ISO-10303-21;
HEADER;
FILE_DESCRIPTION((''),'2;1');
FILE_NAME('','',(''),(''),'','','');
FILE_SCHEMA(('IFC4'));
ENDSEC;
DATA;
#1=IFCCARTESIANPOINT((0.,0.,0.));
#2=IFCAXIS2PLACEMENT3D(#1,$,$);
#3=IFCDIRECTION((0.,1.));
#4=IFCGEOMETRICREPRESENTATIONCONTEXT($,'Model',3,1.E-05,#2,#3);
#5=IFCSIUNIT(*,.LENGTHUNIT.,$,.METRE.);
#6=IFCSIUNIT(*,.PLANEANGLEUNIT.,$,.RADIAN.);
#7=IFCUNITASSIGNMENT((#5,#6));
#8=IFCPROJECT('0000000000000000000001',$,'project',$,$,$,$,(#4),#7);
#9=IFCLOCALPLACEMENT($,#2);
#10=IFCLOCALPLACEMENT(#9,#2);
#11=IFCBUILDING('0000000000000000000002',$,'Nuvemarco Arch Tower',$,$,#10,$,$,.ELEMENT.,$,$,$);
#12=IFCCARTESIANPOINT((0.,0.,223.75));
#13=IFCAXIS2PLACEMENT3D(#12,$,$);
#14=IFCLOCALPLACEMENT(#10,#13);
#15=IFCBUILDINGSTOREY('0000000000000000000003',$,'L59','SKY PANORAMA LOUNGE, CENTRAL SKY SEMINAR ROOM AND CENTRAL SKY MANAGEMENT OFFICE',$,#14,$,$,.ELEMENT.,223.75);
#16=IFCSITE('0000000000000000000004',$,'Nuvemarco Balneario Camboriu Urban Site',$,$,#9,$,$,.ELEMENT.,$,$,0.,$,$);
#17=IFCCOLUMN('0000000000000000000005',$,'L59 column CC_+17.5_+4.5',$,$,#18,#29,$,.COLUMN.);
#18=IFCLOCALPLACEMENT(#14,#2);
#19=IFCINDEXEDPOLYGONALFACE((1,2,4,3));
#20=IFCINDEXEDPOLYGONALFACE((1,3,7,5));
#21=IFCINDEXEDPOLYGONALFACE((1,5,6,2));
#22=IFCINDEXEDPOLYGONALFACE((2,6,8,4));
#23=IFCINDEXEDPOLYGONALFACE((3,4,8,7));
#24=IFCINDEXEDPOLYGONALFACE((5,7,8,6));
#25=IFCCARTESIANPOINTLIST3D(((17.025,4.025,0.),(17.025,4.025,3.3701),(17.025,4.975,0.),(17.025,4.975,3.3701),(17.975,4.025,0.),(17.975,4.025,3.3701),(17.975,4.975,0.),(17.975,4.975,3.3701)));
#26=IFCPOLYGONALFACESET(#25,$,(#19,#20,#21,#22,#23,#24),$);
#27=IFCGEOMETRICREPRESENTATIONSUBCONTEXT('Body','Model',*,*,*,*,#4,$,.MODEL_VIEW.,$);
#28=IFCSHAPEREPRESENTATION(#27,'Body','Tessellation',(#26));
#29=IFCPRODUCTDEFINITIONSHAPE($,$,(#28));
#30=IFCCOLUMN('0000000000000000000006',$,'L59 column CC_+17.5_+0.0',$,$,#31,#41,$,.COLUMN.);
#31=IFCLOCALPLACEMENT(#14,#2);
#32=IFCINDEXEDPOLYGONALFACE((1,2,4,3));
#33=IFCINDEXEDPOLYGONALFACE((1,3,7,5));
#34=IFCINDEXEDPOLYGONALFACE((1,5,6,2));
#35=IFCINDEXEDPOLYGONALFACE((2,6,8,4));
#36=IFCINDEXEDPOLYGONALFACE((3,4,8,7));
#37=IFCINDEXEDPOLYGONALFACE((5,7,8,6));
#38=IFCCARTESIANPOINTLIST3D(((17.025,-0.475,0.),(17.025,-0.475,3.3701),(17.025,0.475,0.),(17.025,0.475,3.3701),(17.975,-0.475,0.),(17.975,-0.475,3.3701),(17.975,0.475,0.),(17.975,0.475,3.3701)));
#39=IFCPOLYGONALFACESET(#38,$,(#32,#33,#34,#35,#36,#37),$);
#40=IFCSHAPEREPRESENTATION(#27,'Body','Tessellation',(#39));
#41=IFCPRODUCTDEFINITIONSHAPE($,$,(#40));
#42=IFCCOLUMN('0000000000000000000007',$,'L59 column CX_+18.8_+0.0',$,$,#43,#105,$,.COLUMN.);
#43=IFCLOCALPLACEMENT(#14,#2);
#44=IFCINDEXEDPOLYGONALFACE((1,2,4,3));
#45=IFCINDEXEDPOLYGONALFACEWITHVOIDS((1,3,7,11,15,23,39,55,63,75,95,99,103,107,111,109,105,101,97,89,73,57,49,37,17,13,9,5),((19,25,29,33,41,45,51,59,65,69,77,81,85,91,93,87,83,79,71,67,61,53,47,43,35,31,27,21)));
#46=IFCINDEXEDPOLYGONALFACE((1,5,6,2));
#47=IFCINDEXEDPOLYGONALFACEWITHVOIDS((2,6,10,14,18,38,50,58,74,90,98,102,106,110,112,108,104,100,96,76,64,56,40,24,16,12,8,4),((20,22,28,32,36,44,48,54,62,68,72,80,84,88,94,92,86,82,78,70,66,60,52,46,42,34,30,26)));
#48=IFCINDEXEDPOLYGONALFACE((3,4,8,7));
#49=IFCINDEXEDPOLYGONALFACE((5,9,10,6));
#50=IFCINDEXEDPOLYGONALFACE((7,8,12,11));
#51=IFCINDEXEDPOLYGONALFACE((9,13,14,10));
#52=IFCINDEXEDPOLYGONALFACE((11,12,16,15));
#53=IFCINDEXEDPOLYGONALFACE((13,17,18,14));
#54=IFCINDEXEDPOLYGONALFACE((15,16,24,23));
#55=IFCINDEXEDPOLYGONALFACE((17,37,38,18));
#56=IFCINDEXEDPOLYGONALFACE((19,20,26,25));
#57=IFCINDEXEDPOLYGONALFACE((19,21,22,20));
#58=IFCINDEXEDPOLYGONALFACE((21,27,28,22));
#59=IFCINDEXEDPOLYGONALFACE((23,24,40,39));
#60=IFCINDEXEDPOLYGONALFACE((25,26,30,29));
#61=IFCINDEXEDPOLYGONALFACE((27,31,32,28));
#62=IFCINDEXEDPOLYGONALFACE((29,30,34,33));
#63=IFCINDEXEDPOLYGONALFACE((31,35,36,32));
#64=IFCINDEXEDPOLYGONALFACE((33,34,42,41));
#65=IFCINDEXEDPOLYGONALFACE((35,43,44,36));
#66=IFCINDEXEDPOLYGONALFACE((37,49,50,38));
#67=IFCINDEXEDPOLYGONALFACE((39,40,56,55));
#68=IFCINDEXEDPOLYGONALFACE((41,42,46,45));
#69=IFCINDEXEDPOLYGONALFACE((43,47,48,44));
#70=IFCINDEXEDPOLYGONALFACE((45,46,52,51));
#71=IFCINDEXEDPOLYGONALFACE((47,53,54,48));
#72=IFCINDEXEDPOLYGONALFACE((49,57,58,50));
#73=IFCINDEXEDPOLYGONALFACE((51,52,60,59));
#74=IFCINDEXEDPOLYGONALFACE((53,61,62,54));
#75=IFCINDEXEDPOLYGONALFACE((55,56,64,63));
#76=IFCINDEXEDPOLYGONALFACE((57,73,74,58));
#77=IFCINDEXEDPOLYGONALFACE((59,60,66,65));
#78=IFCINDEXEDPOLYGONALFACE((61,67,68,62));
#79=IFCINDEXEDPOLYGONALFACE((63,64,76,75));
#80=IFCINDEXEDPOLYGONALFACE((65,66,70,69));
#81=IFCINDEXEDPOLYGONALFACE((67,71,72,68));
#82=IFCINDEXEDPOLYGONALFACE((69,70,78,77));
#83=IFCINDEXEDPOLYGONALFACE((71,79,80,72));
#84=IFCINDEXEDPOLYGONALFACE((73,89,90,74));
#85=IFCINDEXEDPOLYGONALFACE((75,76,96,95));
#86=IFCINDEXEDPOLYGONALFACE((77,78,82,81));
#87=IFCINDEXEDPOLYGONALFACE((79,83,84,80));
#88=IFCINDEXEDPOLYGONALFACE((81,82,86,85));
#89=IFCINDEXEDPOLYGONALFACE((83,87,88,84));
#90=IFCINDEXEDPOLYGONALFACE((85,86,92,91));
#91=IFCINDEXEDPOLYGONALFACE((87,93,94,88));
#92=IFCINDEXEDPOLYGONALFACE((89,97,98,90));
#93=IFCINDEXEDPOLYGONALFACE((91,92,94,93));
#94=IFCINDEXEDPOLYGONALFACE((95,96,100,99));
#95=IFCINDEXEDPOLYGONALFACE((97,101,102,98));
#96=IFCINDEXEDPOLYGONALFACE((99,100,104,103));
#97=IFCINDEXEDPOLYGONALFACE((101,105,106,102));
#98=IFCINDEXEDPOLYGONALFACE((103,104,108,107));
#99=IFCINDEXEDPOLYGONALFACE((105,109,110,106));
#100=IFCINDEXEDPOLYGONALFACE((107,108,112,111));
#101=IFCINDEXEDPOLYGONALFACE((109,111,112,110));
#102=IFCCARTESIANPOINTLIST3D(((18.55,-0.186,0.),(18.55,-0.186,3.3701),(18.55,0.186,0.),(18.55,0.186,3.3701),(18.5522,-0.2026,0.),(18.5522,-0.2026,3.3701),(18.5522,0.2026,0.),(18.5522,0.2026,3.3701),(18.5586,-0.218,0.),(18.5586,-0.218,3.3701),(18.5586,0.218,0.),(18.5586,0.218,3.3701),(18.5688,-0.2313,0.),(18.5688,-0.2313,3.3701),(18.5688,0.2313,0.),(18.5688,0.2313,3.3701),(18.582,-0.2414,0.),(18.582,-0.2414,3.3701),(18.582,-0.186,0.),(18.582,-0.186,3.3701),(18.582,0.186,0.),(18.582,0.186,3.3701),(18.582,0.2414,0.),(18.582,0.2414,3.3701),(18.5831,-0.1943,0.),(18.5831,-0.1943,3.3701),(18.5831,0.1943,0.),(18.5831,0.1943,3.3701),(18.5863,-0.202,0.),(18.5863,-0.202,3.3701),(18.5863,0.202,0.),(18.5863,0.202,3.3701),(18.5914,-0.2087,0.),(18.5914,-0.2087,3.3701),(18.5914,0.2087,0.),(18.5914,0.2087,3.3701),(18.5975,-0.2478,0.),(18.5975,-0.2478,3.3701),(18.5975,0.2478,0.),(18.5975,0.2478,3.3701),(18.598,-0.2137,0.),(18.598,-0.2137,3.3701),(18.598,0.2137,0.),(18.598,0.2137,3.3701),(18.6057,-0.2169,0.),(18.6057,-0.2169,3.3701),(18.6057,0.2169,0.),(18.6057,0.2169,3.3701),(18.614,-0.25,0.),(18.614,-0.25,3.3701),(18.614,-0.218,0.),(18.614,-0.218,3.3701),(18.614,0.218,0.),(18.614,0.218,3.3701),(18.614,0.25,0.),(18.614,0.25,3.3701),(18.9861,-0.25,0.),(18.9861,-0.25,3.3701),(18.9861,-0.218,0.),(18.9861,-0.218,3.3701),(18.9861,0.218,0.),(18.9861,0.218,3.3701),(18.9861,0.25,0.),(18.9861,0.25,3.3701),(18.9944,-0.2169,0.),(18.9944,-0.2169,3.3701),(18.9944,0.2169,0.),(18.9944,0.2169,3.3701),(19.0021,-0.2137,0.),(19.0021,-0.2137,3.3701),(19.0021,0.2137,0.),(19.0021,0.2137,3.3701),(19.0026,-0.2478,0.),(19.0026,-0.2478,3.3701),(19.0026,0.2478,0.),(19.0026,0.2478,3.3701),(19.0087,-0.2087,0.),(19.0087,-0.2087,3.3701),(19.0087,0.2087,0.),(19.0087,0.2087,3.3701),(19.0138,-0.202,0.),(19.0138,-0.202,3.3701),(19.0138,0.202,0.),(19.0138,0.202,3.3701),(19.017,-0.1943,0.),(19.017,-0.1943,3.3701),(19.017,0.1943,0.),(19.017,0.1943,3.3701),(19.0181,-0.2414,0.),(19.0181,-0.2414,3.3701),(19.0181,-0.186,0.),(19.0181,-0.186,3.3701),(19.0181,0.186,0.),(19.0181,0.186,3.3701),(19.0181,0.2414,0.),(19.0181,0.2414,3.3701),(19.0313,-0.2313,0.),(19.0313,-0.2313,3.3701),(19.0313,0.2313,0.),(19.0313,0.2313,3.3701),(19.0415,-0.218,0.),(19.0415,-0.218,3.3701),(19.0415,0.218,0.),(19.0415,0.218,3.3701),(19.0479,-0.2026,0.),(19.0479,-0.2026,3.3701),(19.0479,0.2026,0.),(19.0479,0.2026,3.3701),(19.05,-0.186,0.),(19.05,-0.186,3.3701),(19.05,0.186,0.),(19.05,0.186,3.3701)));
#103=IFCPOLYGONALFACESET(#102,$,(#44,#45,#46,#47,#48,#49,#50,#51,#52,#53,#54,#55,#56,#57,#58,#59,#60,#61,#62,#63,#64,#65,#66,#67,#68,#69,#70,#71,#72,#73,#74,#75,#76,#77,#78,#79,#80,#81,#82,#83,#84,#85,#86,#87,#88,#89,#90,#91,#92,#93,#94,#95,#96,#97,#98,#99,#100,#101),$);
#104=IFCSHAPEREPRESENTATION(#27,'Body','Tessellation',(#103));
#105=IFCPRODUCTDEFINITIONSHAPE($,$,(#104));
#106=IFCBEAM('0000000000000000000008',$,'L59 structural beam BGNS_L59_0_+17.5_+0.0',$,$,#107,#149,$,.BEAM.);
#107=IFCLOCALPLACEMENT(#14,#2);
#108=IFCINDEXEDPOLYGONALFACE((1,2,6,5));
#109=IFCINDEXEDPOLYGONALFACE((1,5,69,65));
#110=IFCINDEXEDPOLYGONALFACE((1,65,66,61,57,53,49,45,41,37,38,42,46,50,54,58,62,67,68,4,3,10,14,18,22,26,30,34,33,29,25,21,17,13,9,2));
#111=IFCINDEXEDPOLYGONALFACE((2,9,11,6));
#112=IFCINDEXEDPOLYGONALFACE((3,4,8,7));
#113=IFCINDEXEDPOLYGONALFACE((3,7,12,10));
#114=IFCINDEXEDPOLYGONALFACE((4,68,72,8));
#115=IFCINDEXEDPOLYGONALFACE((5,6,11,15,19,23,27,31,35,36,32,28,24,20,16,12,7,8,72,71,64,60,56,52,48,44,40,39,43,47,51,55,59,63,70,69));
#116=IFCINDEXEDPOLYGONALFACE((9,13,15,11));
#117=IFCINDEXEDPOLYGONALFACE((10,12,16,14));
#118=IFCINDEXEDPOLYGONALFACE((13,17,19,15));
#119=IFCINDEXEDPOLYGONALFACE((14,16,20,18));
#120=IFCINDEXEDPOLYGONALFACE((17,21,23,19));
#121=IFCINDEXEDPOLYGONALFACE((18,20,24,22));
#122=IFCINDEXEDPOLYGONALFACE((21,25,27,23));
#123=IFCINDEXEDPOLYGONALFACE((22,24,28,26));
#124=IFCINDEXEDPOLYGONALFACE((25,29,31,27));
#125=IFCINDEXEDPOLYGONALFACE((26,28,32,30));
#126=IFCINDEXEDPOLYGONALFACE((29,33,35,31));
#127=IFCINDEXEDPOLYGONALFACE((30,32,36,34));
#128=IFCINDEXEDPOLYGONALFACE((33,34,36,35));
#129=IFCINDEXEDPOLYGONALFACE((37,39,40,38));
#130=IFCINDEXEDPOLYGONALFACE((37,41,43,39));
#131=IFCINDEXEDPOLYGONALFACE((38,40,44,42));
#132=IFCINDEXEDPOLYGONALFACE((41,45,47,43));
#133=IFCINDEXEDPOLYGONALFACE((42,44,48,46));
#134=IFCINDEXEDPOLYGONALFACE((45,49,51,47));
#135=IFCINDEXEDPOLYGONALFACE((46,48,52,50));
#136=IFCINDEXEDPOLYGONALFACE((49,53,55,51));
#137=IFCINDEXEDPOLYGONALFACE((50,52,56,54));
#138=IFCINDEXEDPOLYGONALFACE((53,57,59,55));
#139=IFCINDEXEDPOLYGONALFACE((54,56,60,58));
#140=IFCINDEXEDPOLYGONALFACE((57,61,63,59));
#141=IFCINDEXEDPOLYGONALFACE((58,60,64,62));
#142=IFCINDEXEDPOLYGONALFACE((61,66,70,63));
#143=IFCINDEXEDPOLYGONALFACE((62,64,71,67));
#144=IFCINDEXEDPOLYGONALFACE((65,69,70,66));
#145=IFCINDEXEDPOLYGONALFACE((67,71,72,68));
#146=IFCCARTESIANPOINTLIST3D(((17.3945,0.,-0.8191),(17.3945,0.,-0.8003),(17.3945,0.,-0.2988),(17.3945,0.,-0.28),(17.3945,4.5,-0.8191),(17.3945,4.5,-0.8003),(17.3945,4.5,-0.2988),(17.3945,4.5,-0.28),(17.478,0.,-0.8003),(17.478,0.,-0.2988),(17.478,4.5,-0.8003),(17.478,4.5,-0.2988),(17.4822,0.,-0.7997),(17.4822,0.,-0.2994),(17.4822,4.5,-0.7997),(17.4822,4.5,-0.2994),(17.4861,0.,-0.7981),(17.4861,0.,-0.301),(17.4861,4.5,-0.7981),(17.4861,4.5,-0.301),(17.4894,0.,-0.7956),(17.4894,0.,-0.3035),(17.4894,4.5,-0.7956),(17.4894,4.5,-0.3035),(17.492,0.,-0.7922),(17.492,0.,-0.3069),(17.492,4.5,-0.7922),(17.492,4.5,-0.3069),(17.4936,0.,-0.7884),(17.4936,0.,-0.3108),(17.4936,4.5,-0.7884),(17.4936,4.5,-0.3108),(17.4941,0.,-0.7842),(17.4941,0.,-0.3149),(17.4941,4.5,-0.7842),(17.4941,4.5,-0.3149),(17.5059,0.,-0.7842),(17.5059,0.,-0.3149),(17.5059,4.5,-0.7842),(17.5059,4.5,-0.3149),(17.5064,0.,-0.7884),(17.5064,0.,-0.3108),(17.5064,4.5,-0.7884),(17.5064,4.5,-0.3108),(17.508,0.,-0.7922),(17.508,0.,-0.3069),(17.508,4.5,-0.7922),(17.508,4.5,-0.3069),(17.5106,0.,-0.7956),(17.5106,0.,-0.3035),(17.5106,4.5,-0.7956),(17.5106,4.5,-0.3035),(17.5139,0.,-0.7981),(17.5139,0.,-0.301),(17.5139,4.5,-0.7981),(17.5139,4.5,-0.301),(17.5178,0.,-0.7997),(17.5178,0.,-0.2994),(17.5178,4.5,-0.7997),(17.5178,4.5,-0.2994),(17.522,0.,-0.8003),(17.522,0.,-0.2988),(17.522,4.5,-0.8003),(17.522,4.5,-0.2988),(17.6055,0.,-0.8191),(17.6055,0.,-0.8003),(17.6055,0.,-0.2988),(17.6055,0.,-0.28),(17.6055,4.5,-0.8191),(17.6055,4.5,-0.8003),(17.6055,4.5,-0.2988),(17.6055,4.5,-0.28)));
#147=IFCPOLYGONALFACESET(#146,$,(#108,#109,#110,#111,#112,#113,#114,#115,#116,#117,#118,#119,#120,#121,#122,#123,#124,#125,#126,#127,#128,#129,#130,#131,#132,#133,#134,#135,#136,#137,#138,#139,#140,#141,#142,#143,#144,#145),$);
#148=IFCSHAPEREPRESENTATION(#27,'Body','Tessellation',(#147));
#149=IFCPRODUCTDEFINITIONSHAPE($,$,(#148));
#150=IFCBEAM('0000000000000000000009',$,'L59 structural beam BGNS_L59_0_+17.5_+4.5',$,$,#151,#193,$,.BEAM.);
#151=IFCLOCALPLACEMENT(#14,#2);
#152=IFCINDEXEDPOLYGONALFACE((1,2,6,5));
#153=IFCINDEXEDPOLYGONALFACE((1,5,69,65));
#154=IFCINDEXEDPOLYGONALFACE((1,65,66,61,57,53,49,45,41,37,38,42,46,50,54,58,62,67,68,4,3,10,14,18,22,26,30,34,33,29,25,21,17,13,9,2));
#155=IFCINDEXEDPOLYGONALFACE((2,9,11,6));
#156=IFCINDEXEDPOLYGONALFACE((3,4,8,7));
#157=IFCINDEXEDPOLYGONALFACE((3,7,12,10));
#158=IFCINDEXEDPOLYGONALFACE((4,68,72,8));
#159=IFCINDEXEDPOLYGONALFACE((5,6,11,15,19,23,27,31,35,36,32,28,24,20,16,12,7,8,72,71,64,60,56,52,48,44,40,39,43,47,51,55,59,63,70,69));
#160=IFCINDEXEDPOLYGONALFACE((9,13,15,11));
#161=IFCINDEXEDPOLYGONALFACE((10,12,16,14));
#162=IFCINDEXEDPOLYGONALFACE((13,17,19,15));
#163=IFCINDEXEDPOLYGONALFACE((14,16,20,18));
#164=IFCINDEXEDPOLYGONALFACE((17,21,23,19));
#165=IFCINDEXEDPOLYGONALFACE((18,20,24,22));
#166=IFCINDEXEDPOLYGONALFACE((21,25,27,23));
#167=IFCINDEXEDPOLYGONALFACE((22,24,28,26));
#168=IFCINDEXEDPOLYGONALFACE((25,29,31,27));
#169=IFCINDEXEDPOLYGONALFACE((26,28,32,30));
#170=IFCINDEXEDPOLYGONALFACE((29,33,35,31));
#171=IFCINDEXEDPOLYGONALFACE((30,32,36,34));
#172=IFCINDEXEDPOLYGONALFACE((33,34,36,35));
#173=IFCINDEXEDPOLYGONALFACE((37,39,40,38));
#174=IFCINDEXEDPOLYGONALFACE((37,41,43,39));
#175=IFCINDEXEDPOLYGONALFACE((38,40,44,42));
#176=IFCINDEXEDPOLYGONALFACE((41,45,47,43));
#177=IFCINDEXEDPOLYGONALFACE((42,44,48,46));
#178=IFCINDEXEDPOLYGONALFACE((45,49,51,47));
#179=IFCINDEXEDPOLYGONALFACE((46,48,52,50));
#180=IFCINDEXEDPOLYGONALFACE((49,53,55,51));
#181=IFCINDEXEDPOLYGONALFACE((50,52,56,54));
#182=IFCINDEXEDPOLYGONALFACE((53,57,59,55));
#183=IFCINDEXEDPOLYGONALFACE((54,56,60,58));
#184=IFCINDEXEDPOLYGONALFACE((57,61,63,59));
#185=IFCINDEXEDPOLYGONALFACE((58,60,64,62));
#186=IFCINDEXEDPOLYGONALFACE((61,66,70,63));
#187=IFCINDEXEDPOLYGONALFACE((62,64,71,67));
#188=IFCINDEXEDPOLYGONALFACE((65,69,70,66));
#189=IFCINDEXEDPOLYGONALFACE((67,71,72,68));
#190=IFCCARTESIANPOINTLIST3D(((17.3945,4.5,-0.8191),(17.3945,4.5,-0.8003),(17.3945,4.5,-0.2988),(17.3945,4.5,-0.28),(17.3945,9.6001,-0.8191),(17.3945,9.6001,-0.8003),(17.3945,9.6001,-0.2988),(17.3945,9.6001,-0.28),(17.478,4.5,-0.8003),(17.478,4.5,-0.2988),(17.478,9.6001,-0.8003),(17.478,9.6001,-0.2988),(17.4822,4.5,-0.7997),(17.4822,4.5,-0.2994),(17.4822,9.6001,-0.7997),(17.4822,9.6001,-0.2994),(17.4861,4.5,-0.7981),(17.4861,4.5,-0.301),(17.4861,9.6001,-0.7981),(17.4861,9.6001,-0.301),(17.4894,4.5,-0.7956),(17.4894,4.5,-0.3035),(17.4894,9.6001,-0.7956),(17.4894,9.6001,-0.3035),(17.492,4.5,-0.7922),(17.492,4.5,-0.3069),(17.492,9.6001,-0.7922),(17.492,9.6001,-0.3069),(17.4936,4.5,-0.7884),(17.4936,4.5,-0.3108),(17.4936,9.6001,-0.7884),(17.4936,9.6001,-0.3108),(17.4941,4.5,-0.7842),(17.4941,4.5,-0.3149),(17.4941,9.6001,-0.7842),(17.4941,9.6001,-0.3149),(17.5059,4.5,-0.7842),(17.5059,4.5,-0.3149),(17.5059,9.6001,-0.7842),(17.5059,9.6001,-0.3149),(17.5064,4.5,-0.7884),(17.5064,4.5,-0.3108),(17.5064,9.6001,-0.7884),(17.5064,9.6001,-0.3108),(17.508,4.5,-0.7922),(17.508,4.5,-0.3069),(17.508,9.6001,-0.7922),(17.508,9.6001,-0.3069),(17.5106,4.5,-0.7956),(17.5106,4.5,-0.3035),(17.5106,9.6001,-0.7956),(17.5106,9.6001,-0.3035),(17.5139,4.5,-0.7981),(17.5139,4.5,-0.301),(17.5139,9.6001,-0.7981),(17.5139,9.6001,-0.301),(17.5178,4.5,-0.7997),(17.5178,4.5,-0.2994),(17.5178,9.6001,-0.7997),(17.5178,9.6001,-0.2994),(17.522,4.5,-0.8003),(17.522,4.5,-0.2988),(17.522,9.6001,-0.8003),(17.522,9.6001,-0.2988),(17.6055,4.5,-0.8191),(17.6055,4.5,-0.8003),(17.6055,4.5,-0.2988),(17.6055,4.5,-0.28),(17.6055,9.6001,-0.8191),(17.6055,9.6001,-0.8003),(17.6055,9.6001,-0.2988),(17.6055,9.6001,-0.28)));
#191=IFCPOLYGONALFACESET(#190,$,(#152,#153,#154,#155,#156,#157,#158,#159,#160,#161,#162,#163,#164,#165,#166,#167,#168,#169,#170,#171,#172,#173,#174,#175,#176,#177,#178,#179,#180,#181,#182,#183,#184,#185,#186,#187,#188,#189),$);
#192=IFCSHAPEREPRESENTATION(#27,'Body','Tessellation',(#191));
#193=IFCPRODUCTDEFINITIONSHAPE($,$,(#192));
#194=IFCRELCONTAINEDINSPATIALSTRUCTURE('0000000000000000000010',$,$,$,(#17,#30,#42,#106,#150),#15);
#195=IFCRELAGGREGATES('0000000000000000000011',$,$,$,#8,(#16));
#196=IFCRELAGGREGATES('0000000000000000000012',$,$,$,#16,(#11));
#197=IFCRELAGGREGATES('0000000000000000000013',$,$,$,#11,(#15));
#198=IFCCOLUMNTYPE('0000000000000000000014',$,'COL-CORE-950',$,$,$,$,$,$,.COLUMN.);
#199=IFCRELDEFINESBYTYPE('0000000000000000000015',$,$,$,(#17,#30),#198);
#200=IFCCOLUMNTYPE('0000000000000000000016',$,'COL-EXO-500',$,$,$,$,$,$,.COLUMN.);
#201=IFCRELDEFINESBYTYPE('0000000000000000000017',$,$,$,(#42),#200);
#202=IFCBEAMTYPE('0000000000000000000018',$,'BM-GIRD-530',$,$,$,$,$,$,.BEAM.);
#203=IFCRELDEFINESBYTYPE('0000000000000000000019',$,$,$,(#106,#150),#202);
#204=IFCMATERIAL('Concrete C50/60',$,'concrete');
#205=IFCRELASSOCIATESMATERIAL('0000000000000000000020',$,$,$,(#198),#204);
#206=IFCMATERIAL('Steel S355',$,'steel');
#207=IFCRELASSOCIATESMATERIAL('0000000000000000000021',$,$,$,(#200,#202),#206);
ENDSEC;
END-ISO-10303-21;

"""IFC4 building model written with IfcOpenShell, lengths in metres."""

from ifc_helpers import new_model, si_unit, direction, frame, origin, origin_2d, place, context, subcontext, project, spatial, rectangle, hollow_rectangle, i_section, extrude, material, material_profile, profile_set, type_object, element, save


model = new_model("IFC4")

# Units and contexts
model_context = context("Model", 3, precision=1e-05, world=origin(), true_north=direction((0.0, 1.0)))
body_context = subcontext(model_context, "Body", "Model", "MODEL_VIEW")
ifc_project = project(units=[si_unit("LENGTHUNIT", "METRE"), si_unit("PLANEANGLEUNIT", "RADIAN")], contexts=[model_context])

# Site, building, storey
site_placement = place(None, origin())
site = spatial("IfcSite", under=ifc_project, at=site_placement, Name="Nuvemarco Balneario Camboriu Urban Site", CompositionType="ELEMENT", RefElevation=0.0)
building_placement = place(site_placement, origin())
building = spatial("IfcBuilding", under=site, at=building_placement, Name="Nuvemarco Arch Tower", CompositionType="ELEMENT")
storey_placement = place(building_placement, frame((0.0, 0.0, 223.75)))
storey = spatial("IfcBuildingStorey", under=building, at=storey_placement, Name="L59", Description="SKY PANORAMA LOUNGE, CENTRAL SKY SEMINAR ROOM AND CENTRAL SKY MANAGEMENT OFFICE", CompositionType="ELEMENT", Elevation=223.75)

# Columns
ifc_material_1 = material(Name="Concrete C50/60", Category="concrete")
ifc_material_profile_1 = material_profile(ifc_material_1, rectangle(XDim=0.95, YDim=0.95, at=origin_2d()), Name="RC-COL-950x950")
ifc_profile_set_1 = profile_set([ifc_material_profile_1], Name="Concrete C50/60")
column_type_1 = type_object("IfcColumnType", Name="COL-CORE-950", PredefinedType="COLUMN", material=ifc_profile_set_1)
for number, where, z_axis, x_axis, name in (
    (1, (17.5, 4.5, 0.0), (0.0, 0.0, 1.0), (1.0, 0.0, 0.0), "L59 column CC_+17.5_+4.5"),
    (2, (17.5, 0.0, 0.0), (0.0, 0.0, 1.0), (1.0, 0.0, 0.0), "L59 column CC_+17.5_+0.0"),
):
    element("IfcColumn", number, at=place(storey_placement, frame(where, z_axis=z_axis, x_axis=x_axis)), inside=storey, type_object=column_type_1, Name=name, PredefinedType="COLUMN", context=body_context, shape_type="SweptSolid", body=[
        extrude(rectangle(XDim=0.95, YDim=0.95, at=origin_2d()), origin(), (0.0, 0.0, 1.0), 3.3701),
    ])
ifc_material_2 = material(Name="Steel S355", Category="steel")
ifc_material_profile_2 = material_profile(ifc_material_2, hollow_rectangle(XDim=0.5, YDim=0.5, WallThickness=0.032, InnerFilletRadius=0.032, OuterFilletRadius=0.064, at=origin_2d()), Name="SHS500x500x32")
ifc_profile_set_2 = profile_set([ifc_material_profile_2], Name="Steel S355")
column_type_2 = type_object("IfcColumnType", Name="COL-EXO-500", PredefinedType="COLUMN", material=ifc_profile_set_2)
column_placement = place(storey_placement, frame((18.8, 0.0, 0.0), z_axis=(0.0, 0.0, 1.0), x_axis=(1.0, 0.0, 0.0)))
element("IfcColumn", 3, at=column_placement, inside=storey, type_object=column_type_2, Name="L59 column CX_+18.8_+0.0", PredefinedType="COLUMN", context=body_context, shape_type="SweptSolid", body=[
    extrude(hollow_rectangle(XDim=0.5, YDim=0.5, WallThickness=0.032, InnerFilletRadius=0.032, OuterFilletRadius=0.064, at=origin_2d()), origin(), (0.0, 0.0, 1.0), 3.3701),
])

# Beams
ifc_material_profile_3 = material_profile(ifc_material_2, i_section(OverallWidth=0.2109, OverallDepth=0.5391, WebThickness=0.0117, FlangeThickness=0.0188, FilletRadius=0.0161, at=origin_2d()), Name="W530x109")
ifc_profile_set_3 = profile_set([ifc_material_profile_3], Name="Steel S355")
beam_type_1 = type_object("IfcBeamType", Name="BM-GIRD-530", PredefinedType="BEAM", material=ifc_profile_set_3)
beam_1_placement = place(storey_placement, frame((17.5, 0.0, -0.5496), z_axis=(0.0, 1.0, 0.0), x_axis=(-1.0, 0.0, 0.0)))
element("IfcBeam", 4, at=beam_1_placement, inside=storey, type_object=beam_type_1, Name="L59 structural beam BGNS_L59_0_+17.5_+0.0", PredefinedType="BEAM", context=body_context, shape_type="SweptSolid", body=[
    extrude(i_section(OverallWidth=0.2109, OverallDepth=0.5391, WebThickness=0.0117, FlangeThickness=0.0188, FilletRadius=0.0161, at=origin_2d()), origin(), (0.0, 0.0, 1.0), 4.5),
])
beam_2_placement = place(storey_placement, frame((17.5, 4.5, -0.5496), z_axis=(0.0, 1.0, 0.0), x_axis=(-1.0, 0.0, 0.0)))
element("IfcBeam", 5, at=beam_2_placement, inside=storey, type_object=beam_type_1, Name="L59 structural beam BGNS_L59_0_+17.5_+4.5", PredefinedType="BEAM", context=body_context, shape_type="SweptSolid", body=[
    extrude(i_section(OverallWidth=0.2109, OverallDepth=0.5391, WebThickness=0.0117, FlangeThickness=0.0188, FilletRadius=0.0161, at=origin_2d()), origin(), (0.0, 0.0, 1.0), 5.1001),
])

save(model, "model.ifc")
